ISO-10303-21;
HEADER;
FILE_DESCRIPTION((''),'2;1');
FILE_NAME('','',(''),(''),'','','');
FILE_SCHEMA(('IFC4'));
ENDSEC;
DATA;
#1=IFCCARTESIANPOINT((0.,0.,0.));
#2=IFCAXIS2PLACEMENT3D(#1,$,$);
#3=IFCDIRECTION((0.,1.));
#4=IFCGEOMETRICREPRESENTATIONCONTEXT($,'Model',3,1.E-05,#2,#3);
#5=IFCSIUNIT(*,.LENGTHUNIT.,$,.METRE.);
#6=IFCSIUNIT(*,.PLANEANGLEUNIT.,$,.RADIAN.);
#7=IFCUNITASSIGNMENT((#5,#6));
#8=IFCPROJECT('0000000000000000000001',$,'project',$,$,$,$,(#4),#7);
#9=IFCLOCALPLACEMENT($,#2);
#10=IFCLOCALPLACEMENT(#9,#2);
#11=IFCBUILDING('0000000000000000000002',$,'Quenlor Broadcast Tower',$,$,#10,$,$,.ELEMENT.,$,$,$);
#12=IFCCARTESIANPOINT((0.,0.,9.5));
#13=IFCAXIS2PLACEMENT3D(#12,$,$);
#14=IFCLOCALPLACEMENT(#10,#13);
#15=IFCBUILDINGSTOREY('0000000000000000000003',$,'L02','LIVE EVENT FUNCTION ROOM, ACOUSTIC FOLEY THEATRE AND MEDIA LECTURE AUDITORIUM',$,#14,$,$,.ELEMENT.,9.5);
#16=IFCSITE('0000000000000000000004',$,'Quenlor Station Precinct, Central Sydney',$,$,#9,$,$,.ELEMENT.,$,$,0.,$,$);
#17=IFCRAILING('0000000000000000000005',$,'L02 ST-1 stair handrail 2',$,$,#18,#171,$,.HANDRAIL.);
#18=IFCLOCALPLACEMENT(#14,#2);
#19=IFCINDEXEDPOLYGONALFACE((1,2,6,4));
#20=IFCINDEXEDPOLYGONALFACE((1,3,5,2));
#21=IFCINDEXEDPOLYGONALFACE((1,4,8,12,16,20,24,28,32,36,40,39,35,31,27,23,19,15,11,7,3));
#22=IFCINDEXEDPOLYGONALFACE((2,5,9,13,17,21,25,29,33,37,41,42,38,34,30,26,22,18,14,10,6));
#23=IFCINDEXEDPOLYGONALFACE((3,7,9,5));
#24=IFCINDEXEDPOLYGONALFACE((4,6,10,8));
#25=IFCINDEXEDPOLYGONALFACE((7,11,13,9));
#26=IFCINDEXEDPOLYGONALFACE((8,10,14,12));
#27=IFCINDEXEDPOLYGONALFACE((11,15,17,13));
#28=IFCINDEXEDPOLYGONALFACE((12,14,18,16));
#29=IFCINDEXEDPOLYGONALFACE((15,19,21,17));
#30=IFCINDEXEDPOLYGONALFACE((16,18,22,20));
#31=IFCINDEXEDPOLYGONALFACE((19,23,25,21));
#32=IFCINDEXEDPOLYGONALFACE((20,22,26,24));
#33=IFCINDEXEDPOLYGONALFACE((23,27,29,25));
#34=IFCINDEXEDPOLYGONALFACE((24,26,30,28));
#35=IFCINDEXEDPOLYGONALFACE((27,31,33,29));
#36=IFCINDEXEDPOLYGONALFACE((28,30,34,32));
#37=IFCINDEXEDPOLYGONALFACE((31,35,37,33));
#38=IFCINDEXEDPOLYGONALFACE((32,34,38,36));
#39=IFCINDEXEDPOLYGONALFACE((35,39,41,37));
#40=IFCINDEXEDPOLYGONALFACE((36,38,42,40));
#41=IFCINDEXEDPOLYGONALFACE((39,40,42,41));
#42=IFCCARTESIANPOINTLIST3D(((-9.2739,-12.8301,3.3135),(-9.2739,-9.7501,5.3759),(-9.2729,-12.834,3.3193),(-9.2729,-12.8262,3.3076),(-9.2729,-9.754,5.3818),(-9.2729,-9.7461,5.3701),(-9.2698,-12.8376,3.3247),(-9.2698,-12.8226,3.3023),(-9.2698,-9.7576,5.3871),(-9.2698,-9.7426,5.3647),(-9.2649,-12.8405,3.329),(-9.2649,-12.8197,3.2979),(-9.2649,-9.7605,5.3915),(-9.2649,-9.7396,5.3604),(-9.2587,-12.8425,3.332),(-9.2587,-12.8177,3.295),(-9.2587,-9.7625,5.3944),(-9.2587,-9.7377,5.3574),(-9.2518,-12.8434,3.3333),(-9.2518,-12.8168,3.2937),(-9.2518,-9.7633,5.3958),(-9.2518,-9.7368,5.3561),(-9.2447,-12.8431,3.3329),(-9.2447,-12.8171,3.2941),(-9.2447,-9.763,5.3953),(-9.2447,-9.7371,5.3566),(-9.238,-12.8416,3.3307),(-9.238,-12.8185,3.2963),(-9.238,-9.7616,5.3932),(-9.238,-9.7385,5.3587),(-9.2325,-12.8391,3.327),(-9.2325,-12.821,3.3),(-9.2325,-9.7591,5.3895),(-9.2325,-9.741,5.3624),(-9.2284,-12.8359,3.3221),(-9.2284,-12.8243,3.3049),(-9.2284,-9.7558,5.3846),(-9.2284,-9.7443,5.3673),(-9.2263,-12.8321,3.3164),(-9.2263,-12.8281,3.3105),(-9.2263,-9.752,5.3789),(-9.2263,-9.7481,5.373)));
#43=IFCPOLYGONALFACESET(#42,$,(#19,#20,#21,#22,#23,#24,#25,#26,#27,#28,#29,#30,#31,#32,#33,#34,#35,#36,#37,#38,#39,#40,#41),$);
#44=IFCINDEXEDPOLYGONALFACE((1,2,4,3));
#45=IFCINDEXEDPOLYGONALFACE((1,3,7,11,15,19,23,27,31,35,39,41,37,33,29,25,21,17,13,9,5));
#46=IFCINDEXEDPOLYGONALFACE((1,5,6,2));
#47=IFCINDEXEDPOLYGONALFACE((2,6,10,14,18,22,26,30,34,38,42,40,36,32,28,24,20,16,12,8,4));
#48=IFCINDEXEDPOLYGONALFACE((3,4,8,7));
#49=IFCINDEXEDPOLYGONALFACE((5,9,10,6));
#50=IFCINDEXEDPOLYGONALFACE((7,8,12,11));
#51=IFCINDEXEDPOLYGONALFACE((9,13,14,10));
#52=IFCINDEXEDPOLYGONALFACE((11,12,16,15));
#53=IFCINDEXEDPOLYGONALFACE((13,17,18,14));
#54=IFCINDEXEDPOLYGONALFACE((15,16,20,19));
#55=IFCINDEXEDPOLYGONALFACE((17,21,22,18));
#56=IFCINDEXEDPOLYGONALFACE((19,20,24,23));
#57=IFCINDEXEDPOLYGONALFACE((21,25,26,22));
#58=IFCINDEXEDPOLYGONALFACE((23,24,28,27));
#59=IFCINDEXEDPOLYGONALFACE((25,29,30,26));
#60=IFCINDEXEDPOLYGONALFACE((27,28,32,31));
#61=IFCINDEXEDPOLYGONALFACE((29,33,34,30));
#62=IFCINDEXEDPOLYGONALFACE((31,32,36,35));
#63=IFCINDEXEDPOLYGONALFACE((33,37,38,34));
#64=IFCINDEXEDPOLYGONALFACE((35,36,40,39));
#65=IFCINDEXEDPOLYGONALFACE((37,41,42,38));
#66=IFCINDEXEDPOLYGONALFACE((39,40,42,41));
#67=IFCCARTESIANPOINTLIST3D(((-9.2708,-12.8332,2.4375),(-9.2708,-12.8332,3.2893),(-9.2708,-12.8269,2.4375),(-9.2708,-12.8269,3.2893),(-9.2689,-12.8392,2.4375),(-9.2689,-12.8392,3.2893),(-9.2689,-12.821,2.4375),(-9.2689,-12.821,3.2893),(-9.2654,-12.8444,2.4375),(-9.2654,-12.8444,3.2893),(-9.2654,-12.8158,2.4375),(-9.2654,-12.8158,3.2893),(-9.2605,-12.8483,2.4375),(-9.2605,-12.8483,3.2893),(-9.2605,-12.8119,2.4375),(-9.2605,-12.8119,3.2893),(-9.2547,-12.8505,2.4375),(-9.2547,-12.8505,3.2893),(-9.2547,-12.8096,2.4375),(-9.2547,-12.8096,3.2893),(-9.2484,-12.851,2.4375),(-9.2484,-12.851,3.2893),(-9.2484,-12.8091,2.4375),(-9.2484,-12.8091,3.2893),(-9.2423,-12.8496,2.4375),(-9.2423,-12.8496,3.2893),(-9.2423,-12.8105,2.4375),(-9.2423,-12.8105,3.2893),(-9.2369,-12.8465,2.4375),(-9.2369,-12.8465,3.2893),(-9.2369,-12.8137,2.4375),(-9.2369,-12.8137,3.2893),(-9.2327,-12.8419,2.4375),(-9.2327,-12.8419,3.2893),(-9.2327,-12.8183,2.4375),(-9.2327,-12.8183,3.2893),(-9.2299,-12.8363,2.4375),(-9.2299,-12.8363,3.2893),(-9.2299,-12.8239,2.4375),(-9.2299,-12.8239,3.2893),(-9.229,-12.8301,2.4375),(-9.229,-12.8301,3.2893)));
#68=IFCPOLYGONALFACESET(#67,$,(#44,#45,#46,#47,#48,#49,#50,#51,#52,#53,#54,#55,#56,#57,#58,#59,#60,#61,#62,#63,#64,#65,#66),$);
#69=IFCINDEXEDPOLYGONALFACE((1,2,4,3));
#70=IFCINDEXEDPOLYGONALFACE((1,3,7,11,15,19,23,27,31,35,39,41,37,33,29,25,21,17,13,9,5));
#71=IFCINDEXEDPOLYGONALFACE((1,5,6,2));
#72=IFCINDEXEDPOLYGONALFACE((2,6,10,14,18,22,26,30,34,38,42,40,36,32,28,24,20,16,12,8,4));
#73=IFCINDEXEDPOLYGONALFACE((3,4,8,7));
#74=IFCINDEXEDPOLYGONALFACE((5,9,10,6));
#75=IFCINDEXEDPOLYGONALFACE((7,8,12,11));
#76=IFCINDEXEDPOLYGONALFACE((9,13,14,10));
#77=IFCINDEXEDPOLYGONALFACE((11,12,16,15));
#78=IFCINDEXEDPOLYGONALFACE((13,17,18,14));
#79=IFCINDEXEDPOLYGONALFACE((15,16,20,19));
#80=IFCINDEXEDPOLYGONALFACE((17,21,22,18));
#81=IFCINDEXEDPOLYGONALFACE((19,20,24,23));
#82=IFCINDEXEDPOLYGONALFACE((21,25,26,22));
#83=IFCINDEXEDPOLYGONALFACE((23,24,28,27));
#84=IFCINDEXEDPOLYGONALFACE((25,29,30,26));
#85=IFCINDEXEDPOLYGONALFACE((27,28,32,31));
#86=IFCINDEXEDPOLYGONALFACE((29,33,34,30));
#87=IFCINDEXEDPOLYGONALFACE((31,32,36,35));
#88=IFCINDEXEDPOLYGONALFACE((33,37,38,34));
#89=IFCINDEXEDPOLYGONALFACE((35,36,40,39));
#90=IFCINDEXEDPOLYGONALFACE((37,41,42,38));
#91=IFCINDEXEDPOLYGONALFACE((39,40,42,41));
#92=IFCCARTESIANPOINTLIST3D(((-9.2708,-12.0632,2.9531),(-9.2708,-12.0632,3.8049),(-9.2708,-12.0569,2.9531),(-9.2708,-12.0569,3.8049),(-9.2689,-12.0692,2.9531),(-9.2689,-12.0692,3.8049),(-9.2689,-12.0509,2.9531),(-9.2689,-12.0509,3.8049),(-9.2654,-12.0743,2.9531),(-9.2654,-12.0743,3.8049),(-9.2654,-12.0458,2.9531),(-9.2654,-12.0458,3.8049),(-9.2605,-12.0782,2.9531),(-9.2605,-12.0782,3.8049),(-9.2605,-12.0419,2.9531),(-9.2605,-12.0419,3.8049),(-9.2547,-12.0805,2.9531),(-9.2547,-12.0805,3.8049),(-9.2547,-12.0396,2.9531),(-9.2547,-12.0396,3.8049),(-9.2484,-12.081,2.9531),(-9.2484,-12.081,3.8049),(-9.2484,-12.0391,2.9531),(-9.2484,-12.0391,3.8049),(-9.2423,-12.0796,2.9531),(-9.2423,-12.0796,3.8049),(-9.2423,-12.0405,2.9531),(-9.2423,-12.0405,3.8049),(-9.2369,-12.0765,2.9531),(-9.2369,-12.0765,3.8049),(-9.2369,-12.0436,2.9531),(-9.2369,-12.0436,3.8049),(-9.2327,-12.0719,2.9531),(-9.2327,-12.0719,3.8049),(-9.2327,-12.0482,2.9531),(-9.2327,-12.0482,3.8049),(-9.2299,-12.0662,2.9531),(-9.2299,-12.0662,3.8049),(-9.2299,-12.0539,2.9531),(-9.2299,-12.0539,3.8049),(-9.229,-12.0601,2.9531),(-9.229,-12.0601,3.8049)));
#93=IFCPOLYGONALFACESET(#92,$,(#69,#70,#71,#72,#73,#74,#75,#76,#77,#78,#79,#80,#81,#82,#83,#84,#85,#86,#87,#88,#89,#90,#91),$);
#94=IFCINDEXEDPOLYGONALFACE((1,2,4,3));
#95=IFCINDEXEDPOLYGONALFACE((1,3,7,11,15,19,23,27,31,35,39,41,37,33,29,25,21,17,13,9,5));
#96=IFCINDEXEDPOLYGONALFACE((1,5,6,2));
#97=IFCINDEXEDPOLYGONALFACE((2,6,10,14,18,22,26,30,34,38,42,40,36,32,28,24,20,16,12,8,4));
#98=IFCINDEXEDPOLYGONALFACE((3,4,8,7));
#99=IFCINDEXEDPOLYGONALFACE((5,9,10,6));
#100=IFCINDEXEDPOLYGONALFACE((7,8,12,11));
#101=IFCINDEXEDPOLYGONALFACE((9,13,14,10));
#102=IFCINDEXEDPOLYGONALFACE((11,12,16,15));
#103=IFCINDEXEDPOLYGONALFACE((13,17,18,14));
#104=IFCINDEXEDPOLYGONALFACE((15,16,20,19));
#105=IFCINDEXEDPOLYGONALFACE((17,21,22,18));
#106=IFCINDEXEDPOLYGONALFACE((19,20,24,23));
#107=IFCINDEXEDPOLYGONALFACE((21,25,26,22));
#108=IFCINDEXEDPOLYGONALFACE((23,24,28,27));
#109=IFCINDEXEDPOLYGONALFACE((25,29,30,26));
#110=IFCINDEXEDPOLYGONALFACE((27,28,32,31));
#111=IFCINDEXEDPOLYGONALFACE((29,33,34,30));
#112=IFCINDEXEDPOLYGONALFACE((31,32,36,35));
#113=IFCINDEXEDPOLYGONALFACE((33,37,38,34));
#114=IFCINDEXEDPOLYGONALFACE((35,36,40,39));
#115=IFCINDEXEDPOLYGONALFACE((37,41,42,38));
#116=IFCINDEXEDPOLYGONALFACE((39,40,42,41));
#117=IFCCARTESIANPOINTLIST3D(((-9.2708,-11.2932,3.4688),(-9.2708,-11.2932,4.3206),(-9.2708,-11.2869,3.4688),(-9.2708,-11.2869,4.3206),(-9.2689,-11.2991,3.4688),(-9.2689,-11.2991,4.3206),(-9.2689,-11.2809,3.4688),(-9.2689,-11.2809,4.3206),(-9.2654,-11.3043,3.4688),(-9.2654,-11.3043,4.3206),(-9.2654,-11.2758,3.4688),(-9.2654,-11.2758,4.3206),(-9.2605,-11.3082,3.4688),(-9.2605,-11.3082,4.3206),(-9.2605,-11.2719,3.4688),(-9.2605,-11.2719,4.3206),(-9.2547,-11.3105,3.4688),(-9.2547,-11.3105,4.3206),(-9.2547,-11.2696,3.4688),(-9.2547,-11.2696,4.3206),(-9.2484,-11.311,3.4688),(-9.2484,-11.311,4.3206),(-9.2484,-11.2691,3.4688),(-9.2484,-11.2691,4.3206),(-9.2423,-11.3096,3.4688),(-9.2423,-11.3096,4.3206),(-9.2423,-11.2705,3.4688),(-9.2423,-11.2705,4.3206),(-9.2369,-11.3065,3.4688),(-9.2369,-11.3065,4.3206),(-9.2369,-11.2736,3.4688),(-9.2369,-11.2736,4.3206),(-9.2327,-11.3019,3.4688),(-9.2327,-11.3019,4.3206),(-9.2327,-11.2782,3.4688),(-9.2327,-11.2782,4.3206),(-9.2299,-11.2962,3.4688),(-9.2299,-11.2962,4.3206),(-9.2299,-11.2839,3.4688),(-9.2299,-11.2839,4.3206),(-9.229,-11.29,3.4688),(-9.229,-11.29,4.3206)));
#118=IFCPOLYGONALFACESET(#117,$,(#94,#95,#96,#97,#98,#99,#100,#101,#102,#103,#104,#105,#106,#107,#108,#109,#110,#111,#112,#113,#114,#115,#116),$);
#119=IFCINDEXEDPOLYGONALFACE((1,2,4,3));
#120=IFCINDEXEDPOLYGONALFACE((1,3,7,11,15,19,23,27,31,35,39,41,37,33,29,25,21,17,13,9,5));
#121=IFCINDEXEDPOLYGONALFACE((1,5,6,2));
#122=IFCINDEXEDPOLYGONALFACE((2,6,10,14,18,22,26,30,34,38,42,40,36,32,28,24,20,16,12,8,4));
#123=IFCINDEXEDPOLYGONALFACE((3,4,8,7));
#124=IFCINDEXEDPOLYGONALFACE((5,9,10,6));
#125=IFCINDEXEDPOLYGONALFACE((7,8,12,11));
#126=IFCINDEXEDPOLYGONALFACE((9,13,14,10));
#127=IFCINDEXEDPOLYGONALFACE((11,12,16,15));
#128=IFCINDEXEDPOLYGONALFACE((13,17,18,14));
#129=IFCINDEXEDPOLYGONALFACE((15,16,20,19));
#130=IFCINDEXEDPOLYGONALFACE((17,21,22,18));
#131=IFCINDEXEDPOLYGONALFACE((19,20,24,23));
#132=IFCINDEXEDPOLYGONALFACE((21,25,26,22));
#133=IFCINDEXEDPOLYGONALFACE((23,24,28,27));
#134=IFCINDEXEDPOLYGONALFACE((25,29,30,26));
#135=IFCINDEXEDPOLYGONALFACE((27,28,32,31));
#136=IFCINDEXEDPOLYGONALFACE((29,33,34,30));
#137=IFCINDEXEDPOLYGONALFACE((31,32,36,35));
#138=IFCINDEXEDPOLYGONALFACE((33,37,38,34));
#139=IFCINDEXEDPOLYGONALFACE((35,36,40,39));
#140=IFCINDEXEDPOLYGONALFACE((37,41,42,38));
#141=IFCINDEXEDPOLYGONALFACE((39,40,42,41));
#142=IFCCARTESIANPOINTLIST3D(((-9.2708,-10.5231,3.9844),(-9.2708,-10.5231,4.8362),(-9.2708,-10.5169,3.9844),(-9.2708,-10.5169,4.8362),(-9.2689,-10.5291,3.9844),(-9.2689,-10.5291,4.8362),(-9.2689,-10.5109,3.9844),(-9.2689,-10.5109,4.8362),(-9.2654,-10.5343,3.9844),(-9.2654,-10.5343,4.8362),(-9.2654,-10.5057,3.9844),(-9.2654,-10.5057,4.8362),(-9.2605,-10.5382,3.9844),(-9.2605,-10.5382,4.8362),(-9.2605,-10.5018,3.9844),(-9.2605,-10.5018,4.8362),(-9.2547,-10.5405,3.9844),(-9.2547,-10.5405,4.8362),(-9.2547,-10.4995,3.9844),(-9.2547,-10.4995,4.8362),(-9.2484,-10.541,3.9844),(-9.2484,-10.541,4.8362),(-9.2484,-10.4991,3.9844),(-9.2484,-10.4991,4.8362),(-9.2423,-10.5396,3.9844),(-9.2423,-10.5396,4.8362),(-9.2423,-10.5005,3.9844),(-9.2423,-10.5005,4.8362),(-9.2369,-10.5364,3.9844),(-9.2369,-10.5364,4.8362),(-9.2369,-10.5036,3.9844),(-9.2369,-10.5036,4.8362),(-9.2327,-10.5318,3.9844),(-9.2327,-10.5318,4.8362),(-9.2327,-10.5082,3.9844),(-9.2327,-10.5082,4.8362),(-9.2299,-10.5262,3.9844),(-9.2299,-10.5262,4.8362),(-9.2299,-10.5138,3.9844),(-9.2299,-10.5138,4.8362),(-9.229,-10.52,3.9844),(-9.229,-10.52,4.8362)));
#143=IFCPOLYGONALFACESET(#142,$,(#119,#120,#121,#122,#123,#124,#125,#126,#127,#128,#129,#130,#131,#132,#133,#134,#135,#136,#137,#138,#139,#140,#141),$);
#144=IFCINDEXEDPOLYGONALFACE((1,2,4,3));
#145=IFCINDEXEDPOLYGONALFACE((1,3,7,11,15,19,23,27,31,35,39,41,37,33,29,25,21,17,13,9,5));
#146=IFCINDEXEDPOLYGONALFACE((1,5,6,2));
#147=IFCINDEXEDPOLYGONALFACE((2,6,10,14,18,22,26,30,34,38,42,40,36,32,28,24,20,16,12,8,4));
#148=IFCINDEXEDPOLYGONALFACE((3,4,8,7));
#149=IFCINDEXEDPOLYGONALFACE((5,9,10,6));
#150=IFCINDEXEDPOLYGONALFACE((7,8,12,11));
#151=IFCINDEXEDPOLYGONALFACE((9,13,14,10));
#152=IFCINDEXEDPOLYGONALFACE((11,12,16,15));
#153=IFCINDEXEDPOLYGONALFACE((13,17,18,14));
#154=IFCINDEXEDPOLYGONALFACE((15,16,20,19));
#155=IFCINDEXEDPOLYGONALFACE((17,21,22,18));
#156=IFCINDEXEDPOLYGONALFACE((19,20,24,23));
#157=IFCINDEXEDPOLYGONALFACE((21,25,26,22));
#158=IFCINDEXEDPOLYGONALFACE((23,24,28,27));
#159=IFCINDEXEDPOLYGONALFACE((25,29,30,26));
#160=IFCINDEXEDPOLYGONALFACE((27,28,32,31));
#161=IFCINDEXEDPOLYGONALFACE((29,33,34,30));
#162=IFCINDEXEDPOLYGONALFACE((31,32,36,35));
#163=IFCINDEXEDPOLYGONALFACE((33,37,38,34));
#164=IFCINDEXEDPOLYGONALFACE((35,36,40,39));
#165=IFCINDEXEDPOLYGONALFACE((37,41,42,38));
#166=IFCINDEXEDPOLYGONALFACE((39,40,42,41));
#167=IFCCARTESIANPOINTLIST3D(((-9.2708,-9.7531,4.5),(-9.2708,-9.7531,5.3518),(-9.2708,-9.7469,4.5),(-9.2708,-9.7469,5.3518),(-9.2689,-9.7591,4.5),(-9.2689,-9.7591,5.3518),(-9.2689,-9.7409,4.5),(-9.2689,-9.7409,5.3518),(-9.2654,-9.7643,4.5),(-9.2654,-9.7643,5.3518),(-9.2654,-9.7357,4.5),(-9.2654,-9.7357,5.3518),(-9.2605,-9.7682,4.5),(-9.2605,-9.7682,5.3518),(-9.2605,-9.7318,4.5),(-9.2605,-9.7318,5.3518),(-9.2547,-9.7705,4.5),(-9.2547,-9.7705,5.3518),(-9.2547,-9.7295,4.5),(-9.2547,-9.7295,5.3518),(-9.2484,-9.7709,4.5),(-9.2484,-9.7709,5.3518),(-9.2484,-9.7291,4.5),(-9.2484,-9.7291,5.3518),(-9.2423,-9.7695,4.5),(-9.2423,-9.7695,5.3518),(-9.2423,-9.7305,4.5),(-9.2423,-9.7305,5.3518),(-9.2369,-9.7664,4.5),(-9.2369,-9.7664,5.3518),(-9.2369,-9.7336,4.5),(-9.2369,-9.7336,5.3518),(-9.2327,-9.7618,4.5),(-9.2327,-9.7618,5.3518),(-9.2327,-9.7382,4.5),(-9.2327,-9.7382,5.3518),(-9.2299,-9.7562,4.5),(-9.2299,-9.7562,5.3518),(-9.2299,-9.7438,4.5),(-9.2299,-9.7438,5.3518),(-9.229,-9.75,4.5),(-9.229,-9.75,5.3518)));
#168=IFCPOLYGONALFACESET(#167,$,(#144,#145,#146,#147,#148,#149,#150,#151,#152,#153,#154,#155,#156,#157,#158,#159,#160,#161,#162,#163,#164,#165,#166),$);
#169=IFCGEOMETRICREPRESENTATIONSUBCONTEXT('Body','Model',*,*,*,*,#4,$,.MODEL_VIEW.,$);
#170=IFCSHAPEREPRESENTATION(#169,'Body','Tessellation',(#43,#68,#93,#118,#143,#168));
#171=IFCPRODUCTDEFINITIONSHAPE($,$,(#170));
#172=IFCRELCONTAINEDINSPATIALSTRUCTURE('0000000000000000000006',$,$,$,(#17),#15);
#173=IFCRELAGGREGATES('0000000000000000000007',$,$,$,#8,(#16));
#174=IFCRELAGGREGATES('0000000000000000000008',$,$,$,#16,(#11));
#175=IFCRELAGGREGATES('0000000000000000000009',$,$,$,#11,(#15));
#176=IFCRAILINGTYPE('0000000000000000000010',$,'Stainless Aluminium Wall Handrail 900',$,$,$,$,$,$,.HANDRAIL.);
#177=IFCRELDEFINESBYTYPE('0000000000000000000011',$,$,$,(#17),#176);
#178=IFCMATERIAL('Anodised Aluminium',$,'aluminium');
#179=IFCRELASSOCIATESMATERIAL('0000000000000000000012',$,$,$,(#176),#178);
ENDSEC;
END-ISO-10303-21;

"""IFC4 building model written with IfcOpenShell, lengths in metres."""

from ifc_helpers import new_model, si_unit, direction, frame, origin, origin_2d, place, context, subcontext, project, spatial, circle, extrude, material, type_object, element, save


model = new_model("IFC4")

# Units and contexts
model_context = context("Model", 3, precision=1e-05, world=origin(), true_north=direction((0.0, 1.0)))
body_context = subcontext(model_context, "Body", "Model", "MODEL_VIEW")
ifc_project = project(units=[si_unit("LENGTHUNIT", "METRE"), si_unit("PLANEANGLEUNIT", "RADIAN")], contexts=[model_context])

# Site, building, storey
site_placement = place(None, origin())
site = spatial("IfcSite", under=ifc_project, at=site_placement, Name="Quenlor Station Precinct, Central Sydney", CompositionType="ELEMENT", RefElevation=0.0)
building_placement = place(site_placement, origin())
building = spatial("IfcBuilding", under=site, at=building_placement, Name="Quenlor Broadcast Tower", CompositionType="ELEMENT")
storey_placement = place(building_placement, frame((0.0, 0.0, 9.5)))
storey = spatial("IfcBuildingStorey", under=building, at=storey_placement, Name="L02", Description="LIVE EVENT FUNCTION ROOM, ACOUSTIC FOLEY THEATRE AND MEDIA LECTURE AUDITORIUM", CompositionType="ELEMENT", Elevation=9.5)

# Railing
ifc_material_1 = material(Name="Anodised Aluminium", Category="aluminium")
railing_type_1 = type_object("IfcRailingType", Name="Stainless Aluminium Wall Handrail 900", PredefinedType="HANDRAIL", material=ifc_material_1)
railing_1_placement = place(storey_placement, frame((-9.25, -12.8301, 2.4375)))
element("IfcRailing", 1, at=railing_1_placement, inside=storey, type_object=railing_type_1, Name="L02 ST-1 stair handrail 2", PredefinedType="HANDRAIL", context=body_context, shape_type="SweptSolid", body=[
    extrude(circle(Radius=0.0239, at=origin_2d()), frame((0.0, 0.0, 0.876), z_axis=(0.0, 0.830914, 0.556401), x_axis=(-1.0, 0.0, 0.0)), (0.0, 0.0, 1.0), 3.7068),
    extrude(circle(Radius=0.021, at=origin_2d()), origin(), (0.0, 0.0, 1.0), 0.8518),
    extrude(circle(Radius=0.021, at=origin_2d()), frame((0.0, 0.77, 0.5156)), (0.0, 0.0, 1.0), 0.8518),
    extrude(circle(Radius=0.021, at=origin_2d()), frame((0.0, 1.54, 1.0312)), (0.0, 0.0, 1.0), 0.8518),
    extrude(circle(Radius=0.021, at=origin_2d()), frame((0.0, 2.3101, 1.5469)), (0.0, 0.0, 1.0), 0.8518),
    extrude(circle(Radius=0.021, at=origin_2d()), frame((0.0, 3.0801, 2.0625)), (0.0, 0.0, 1.0), 0.8518),
])

save(model, "model.ifc")
